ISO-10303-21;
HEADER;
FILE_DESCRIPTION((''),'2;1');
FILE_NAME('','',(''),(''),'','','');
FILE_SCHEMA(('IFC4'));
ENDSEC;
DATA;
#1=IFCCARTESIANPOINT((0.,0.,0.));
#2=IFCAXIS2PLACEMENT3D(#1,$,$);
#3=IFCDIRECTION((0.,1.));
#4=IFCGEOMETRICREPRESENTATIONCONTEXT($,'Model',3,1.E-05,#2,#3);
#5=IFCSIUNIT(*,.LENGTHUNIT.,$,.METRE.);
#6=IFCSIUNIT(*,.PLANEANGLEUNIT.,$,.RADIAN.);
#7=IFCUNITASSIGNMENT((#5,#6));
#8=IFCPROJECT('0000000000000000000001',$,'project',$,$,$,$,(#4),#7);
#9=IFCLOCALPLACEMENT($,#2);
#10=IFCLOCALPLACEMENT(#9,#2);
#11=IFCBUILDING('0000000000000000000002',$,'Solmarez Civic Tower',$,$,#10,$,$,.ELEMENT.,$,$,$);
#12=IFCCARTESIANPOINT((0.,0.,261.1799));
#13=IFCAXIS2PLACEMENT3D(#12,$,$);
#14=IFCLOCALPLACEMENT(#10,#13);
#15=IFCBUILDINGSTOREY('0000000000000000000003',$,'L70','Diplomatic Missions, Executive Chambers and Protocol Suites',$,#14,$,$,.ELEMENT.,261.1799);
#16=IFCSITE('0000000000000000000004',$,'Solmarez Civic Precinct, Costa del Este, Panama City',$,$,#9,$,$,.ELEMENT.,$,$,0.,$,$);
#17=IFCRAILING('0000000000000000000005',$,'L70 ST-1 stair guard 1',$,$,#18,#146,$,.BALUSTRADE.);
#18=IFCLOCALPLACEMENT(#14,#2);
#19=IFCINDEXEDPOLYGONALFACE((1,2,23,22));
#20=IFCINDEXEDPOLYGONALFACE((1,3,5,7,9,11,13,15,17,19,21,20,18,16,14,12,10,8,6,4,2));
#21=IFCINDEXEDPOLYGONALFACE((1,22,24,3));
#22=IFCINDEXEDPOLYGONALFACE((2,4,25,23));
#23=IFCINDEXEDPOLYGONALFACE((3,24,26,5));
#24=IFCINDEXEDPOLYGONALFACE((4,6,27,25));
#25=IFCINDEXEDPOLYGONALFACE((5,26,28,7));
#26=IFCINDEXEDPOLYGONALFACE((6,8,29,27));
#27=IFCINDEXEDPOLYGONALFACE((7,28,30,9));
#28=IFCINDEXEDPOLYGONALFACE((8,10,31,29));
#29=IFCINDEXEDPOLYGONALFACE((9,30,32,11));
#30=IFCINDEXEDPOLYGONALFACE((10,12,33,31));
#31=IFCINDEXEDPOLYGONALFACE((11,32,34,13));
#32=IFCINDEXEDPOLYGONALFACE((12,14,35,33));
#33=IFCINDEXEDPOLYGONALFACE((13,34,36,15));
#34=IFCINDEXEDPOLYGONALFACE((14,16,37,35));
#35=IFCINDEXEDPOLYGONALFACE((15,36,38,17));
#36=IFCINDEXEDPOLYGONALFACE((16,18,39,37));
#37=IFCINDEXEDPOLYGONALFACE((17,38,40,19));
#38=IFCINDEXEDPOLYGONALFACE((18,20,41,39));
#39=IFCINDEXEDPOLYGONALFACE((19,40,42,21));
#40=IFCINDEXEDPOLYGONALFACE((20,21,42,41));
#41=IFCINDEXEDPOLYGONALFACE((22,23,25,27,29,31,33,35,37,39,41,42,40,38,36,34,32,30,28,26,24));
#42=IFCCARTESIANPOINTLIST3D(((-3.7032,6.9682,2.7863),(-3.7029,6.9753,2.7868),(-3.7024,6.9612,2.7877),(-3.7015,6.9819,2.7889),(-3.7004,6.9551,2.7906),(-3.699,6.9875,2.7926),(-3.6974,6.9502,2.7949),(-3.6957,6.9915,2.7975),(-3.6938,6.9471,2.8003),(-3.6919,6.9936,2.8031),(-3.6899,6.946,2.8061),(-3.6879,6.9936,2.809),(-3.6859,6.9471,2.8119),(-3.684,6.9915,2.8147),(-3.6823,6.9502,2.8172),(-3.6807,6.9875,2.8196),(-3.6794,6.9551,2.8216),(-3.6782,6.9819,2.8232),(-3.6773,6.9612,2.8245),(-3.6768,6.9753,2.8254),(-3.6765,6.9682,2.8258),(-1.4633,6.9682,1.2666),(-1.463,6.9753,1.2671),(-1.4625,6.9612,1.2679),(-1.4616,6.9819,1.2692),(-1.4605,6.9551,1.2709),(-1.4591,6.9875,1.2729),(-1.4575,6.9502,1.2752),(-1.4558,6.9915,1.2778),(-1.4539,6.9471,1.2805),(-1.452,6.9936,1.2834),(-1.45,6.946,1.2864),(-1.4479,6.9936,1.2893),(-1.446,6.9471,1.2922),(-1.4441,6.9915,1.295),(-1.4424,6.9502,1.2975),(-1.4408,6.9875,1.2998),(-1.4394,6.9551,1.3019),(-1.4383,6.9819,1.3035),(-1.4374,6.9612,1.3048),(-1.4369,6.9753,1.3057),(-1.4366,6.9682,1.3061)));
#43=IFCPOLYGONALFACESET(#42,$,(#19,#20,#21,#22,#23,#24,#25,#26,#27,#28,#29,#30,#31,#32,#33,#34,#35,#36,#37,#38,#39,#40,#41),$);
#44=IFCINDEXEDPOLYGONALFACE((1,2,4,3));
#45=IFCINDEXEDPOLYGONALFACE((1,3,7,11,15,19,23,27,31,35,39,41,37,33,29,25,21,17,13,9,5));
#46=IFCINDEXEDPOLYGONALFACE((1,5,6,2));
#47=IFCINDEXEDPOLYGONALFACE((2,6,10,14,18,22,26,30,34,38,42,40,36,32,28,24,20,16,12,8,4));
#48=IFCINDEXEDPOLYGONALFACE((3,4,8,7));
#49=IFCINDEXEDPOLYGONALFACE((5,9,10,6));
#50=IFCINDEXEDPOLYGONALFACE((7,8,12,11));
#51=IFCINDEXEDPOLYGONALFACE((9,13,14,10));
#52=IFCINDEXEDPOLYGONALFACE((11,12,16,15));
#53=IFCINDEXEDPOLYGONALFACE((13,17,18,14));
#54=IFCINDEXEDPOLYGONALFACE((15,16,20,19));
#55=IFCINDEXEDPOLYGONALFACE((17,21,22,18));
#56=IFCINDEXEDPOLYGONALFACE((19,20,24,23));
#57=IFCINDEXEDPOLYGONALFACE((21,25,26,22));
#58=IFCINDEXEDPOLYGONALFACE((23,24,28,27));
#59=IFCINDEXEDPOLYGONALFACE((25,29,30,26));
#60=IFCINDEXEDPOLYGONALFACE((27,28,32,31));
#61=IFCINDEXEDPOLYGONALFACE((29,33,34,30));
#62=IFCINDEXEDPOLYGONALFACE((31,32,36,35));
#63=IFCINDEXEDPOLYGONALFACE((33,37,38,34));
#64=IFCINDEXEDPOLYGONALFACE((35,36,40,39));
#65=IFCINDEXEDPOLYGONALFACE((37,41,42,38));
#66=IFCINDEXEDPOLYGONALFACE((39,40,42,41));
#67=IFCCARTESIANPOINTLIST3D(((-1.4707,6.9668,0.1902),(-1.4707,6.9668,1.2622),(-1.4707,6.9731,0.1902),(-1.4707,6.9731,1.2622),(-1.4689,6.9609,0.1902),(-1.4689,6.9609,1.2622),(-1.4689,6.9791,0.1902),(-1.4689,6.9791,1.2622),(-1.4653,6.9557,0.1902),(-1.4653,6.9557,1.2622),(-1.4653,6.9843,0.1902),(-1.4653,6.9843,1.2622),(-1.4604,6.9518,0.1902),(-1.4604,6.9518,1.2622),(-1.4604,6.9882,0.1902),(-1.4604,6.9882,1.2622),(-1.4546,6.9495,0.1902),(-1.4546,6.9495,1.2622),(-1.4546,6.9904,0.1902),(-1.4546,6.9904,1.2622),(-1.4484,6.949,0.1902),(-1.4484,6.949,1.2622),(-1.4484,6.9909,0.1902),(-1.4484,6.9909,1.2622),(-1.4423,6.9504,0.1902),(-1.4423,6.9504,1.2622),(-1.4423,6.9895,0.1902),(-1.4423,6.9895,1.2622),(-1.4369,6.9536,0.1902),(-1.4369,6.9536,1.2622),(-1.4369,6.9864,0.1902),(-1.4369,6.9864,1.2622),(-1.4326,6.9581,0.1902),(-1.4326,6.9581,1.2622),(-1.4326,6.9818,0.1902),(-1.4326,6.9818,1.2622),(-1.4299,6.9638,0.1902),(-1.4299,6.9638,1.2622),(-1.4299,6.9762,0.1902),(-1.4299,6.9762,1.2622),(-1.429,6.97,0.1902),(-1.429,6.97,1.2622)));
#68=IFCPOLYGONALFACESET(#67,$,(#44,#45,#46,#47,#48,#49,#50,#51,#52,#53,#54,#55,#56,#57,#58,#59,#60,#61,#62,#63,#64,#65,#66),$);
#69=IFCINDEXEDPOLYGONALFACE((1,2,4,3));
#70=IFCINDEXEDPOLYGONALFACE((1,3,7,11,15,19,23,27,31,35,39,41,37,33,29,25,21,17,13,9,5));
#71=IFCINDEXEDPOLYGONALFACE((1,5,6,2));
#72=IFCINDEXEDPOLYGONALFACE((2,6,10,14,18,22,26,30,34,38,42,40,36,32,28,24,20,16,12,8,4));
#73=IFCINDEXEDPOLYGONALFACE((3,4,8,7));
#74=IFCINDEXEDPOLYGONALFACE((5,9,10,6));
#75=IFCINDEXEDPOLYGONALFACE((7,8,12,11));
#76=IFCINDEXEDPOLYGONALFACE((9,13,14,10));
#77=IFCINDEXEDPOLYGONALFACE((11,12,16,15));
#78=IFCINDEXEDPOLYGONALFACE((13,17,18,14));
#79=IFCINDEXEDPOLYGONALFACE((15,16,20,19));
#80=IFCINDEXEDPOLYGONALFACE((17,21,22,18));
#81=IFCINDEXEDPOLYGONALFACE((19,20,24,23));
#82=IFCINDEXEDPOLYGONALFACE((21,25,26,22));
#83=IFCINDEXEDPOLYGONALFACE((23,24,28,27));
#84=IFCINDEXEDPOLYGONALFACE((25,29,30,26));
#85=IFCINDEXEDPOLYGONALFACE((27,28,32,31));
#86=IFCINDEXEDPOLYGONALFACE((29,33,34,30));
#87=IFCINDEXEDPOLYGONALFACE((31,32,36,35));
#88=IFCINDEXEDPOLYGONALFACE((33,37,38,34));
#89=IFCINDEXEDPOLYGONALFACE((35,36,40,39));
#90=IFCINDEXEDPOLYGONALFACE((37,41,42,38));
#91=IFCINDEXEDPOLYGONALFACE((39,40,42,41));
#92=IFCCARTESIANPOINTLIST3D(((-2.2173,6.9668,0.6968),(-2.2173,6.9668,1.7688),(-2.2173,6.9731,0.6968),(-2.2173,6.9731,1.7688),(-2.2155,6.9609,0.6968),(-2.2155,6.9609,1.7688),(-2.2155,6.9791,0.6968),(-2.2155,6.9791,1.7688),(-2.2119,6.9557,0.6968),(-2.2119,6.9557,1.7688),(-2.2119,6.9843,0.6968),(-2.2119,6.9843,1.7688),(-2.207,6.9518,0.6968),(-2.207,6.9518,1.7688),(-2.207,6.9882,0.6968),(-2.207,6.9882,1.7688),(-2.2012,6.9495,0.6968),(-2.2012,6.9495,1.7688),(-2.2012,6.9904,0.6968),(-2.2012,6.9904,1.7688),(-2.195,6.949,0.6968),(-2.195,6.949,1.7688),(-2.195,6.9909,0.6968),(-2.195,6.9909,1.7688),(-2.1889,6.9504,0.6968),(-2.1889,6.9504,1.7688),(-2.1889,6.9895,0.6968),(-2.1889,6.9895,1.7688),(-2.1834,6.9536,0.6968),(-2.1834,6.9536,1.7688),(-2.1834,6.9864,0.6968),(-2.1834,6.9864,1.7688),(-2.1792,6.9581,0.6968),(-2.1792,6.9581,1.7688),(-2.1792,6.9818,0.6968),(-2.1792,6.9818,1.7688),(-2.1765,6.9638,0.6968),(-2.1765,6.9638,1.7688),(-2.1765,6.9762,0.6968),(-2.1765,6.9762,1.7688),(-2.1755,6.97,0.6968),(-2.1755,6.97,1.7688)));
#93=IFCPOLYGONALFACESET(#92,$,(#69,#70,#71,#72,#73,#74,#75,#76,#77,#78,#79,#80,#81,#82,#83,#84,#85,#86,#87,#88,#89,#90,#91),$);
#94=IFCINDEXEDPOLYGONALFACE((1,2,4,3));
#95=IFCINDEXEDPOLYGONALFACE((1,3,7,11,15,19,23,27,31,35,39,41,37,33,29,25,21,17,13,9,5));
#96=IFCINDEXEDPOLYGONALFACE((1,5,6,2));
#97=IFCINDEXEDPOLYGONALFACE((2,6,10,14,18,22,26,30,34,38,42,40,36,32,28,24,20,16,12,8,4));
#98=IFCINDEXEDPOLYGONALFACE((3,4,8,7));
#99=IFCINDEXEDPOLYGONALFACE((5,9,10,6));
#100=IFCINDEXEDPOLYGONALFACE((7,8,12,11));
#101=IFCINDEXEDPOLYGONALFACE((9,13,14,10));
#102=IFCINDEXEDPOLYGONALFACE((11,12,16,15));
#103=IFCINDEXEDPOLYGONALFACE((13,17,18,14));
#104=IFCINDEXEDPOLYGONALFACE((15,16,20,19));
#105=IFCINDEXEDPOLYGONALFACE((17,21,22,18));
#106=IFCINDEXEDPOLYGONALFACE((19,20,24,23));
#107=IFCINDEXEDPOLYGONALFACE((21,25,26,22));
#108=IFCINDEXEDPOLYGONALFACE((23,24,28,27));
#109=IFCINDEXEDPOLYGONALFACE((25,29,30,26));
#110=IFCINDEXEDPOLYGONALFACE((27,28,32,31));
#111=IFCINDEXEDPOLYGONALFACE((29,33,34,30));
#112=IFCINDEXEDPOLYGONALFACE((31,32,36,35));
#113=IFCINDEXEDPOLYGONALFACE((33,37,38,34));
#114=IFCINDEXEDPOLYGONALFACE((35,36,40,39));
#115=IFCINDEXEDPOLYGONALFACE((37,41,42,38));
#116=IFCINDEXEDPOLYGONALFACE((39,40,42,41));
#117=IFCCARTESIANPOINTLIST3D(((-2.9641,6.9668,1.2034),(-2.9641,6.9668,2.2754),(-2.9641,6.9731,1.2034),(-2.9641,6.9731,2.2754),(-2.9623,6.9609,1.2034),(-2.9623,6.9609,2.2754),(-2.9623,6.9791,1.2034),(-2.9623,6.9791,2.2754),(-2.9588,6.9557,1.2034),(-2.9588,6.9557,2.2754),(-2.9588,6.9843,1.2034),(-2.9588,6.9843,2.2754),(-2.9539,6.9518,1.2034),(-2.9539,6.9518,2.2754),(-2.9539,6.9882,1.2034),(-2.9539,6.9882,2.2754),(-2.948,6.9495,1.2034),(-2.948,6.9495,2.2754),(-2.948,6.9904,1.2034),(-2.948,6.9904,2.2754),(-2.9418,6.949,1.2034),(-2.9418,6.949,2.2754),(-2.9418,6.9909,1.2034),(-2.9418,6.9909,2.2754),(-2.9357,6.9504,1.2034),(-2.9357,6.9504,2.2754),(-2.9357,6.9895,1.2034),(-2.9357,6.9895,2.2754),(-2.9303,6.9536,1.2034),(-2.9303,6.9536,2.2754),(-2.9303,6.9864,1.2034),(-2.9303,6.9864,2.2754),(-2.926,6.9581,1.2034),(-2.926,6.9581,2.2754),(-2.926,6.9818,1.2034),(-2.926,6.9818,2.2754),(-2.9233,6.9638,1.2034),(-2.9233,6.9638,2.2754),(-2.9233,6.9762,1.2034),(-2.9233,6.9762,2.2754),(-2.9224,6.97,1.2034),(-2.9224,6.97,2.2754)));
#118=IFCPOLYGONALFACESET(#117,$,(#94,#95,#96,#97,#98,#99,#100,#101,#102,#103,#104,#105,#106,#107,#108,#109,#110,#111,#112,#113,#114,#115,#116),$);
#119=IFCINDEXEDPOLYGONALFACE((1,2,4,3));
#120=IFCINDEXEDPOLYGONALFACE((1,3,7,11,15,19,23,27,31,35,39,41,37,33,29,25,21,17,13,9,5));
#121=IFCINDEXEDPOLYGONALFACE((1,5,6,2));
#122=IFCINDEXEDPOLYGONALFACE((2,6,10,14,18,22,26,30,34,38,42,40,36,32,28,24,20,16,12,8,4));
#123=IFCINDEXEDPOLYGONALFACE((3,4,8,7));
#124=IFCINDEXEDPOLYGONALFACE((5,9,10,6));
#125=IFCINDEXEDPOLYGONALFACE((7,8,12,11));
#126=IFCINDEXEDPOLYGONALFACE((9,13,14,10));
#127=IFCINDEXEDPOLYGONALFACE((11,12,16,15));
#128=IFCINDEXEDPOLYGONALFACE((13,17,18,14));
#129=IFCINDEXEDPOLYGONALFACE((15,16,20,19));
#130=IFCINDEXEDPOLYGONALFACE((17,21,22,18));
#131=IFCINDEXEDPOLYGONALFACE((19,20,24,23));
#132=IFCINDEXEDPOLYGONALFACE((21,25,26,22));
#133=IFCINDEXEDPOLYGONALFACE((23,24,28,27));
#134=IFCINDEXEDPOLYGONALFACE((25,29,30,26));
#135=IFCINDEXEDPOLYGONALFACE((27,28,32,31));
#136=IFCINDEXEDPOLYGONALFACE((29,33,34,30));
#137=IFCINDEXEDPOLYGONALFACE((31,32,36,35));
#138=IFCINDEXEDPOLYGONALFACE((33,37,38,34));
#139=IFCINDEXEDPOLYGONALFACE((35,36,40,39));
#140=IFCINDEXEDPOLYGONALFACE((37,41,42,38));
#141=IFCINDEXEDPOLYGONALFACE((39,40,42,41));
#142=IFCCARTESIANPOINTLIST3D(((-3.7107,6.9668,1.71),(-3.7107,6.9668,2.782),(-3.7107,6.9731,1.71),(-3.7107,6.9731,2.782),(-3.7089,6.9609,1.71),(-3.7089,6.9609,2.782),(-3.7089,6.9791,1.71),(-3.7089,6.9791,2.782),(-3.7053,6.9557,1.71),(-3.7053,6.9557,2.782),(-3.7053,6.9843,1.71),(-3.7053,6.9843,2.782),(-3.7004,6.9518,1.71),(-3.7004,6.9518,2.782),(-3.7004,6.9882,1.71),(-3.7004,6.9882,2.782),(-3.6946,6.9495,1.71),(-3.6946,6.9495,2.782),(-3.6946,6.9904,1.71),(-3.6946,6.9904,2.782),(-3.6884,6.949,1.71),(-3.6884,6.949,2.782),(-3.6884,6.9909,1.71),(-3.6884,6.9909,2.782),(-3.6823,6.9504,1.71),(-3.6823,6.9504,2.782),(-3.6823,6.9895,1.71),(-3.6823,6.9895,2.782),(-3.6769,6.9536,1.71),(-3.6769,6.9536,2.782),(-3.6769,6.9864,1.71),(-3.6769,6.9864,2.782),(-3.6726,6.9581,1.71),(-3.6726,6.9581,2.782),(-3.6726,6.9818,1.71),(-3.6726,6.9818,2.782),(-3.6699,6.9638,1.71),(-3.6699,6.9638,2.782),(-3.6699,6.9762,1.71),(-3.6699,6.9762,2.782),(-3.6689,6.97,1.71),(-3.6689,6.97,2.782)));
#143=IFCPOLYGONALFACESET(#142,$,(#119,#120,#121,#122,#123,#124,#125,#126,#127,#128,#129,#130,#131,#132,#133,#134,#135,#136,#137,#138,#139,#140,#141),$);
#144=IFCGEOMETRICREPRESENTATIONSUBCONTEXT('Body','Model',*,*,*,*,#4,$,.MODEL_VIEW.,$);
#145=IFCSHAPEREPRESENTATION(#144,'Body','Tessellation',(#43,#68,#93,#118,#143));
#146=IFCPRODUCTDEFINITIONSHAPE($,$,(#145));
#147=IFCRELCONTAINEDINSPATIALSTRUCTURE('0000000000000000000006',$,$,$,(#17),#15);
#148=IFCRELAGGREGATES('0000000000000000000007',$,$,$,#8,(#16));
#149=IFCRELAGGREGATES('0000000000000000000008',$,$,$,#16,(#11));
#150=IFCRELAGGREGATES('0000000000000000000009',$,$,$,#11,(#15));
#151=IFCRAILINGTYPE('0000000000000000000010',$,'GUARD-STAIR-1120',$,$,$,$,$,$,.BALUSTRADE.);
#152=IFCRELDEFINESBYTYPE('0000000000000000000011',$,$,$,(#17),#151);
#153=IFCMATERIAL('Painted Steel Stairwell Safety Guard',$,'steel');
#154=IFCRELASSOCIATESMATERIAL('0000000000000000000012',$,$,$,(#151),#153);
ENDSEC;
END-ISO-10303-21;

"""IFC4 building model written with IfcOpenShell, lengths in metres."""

from ifc_helpers import new_model, si_unit, direction, frame, origin, origin_2d, place, context, subcontext, project, spatial, circle, extrude, material, type_object, element, save


model = new_model("IFC4")

# Units and contexts
model_context = context("Model", 3, precision=1e-05, world=origin(), true_north=direction((0.0, 1.0)))
body_context = subcontext(model_context, "Body", "Model", "MODEL_VIEW")
ifc_project = project(units=[si_unit("LENGTHUNIT", "METRE"), si_unit("PLANEANGLEUNIT", "RADIAN")], contexts=[model_context])

# Site, building, storey
site_placement = place(None, origin())
site = spatial("IfcSite", under=ifc_project, at=site_placement, Name="Solmarez Civic Precinct, Costa del Este, Panama City", CompositionType="ELEMENT", RefElevation=0.0)
building_placement = place(site_placement, origin())
building = spatial("IfcBuilding", under=site, at=building_placement, Name="Solmarez Civic Tower", CompositionType="ELEMENT")
storey_placement = place(building_placement, frame((0.0, 0.0, 261.1799)))
storey = spatial("IfcBuildingStorey", under=building, at=storey_placement, Name="L70", Description="Diplomatic Missions, Executive Chambers and Protocol Suites", CompositionType="ELEMENT", Elevation=261.1799)

# Railing
ifc_material_1 = material(Name="Painted Steel Stairwell Safety Guard", Category="steel")
railing_type_1 = type_object("IfcRailingType", Name="GUARD-STAIR-1120", PredefinedType="BALUSTRADE", material=ifc_material_1)
railing_1_placement = place(storey_placement, frame((-1.45, 6.97, 0.1902)))
element("IfcRailing", 1, at=railing_1_placement, inside=storey, type_object=railing_type_1, Name="L70 ST-1 stair guard 1", PredefinedType="BALUSTRADE", context=body_context, shape_type="SweptSolid", body=[
    extrude(circle(Radius=0.0239, at=origin_2d()), frame((0.0, 0.0, 1.0962), z_axis=(-0.827513, 0.0, 0.561446), x_axis=(0.0, -1.0, 0.0)), (0.0, 0.0, 1.0), 2.7068),
    extrude(circle(Radius=0.021, at=origin_2d()), origin(), (0.0, 0.0, 1.0), 1.072),
    extrude(circle(Radius=0.021, at=origin_2d()), frame((-0.7466, 0.0, 0.5066)), (0.0, 0.0, 1.0), 1.072),
    extrude(circle(Radius=0.021, at=origin_2d()), frame((-1.4934, 0.0, 1.0132)), (0.0, 0.0, 1.0), 1.072),
    extrude(circle(Radius=0.021, at=origin_2d()), frame((-2.24, 0.0, 1.5198)), (0.0, 0.0, 1.0), 1.072),
])

save(model, "model.ifc")
